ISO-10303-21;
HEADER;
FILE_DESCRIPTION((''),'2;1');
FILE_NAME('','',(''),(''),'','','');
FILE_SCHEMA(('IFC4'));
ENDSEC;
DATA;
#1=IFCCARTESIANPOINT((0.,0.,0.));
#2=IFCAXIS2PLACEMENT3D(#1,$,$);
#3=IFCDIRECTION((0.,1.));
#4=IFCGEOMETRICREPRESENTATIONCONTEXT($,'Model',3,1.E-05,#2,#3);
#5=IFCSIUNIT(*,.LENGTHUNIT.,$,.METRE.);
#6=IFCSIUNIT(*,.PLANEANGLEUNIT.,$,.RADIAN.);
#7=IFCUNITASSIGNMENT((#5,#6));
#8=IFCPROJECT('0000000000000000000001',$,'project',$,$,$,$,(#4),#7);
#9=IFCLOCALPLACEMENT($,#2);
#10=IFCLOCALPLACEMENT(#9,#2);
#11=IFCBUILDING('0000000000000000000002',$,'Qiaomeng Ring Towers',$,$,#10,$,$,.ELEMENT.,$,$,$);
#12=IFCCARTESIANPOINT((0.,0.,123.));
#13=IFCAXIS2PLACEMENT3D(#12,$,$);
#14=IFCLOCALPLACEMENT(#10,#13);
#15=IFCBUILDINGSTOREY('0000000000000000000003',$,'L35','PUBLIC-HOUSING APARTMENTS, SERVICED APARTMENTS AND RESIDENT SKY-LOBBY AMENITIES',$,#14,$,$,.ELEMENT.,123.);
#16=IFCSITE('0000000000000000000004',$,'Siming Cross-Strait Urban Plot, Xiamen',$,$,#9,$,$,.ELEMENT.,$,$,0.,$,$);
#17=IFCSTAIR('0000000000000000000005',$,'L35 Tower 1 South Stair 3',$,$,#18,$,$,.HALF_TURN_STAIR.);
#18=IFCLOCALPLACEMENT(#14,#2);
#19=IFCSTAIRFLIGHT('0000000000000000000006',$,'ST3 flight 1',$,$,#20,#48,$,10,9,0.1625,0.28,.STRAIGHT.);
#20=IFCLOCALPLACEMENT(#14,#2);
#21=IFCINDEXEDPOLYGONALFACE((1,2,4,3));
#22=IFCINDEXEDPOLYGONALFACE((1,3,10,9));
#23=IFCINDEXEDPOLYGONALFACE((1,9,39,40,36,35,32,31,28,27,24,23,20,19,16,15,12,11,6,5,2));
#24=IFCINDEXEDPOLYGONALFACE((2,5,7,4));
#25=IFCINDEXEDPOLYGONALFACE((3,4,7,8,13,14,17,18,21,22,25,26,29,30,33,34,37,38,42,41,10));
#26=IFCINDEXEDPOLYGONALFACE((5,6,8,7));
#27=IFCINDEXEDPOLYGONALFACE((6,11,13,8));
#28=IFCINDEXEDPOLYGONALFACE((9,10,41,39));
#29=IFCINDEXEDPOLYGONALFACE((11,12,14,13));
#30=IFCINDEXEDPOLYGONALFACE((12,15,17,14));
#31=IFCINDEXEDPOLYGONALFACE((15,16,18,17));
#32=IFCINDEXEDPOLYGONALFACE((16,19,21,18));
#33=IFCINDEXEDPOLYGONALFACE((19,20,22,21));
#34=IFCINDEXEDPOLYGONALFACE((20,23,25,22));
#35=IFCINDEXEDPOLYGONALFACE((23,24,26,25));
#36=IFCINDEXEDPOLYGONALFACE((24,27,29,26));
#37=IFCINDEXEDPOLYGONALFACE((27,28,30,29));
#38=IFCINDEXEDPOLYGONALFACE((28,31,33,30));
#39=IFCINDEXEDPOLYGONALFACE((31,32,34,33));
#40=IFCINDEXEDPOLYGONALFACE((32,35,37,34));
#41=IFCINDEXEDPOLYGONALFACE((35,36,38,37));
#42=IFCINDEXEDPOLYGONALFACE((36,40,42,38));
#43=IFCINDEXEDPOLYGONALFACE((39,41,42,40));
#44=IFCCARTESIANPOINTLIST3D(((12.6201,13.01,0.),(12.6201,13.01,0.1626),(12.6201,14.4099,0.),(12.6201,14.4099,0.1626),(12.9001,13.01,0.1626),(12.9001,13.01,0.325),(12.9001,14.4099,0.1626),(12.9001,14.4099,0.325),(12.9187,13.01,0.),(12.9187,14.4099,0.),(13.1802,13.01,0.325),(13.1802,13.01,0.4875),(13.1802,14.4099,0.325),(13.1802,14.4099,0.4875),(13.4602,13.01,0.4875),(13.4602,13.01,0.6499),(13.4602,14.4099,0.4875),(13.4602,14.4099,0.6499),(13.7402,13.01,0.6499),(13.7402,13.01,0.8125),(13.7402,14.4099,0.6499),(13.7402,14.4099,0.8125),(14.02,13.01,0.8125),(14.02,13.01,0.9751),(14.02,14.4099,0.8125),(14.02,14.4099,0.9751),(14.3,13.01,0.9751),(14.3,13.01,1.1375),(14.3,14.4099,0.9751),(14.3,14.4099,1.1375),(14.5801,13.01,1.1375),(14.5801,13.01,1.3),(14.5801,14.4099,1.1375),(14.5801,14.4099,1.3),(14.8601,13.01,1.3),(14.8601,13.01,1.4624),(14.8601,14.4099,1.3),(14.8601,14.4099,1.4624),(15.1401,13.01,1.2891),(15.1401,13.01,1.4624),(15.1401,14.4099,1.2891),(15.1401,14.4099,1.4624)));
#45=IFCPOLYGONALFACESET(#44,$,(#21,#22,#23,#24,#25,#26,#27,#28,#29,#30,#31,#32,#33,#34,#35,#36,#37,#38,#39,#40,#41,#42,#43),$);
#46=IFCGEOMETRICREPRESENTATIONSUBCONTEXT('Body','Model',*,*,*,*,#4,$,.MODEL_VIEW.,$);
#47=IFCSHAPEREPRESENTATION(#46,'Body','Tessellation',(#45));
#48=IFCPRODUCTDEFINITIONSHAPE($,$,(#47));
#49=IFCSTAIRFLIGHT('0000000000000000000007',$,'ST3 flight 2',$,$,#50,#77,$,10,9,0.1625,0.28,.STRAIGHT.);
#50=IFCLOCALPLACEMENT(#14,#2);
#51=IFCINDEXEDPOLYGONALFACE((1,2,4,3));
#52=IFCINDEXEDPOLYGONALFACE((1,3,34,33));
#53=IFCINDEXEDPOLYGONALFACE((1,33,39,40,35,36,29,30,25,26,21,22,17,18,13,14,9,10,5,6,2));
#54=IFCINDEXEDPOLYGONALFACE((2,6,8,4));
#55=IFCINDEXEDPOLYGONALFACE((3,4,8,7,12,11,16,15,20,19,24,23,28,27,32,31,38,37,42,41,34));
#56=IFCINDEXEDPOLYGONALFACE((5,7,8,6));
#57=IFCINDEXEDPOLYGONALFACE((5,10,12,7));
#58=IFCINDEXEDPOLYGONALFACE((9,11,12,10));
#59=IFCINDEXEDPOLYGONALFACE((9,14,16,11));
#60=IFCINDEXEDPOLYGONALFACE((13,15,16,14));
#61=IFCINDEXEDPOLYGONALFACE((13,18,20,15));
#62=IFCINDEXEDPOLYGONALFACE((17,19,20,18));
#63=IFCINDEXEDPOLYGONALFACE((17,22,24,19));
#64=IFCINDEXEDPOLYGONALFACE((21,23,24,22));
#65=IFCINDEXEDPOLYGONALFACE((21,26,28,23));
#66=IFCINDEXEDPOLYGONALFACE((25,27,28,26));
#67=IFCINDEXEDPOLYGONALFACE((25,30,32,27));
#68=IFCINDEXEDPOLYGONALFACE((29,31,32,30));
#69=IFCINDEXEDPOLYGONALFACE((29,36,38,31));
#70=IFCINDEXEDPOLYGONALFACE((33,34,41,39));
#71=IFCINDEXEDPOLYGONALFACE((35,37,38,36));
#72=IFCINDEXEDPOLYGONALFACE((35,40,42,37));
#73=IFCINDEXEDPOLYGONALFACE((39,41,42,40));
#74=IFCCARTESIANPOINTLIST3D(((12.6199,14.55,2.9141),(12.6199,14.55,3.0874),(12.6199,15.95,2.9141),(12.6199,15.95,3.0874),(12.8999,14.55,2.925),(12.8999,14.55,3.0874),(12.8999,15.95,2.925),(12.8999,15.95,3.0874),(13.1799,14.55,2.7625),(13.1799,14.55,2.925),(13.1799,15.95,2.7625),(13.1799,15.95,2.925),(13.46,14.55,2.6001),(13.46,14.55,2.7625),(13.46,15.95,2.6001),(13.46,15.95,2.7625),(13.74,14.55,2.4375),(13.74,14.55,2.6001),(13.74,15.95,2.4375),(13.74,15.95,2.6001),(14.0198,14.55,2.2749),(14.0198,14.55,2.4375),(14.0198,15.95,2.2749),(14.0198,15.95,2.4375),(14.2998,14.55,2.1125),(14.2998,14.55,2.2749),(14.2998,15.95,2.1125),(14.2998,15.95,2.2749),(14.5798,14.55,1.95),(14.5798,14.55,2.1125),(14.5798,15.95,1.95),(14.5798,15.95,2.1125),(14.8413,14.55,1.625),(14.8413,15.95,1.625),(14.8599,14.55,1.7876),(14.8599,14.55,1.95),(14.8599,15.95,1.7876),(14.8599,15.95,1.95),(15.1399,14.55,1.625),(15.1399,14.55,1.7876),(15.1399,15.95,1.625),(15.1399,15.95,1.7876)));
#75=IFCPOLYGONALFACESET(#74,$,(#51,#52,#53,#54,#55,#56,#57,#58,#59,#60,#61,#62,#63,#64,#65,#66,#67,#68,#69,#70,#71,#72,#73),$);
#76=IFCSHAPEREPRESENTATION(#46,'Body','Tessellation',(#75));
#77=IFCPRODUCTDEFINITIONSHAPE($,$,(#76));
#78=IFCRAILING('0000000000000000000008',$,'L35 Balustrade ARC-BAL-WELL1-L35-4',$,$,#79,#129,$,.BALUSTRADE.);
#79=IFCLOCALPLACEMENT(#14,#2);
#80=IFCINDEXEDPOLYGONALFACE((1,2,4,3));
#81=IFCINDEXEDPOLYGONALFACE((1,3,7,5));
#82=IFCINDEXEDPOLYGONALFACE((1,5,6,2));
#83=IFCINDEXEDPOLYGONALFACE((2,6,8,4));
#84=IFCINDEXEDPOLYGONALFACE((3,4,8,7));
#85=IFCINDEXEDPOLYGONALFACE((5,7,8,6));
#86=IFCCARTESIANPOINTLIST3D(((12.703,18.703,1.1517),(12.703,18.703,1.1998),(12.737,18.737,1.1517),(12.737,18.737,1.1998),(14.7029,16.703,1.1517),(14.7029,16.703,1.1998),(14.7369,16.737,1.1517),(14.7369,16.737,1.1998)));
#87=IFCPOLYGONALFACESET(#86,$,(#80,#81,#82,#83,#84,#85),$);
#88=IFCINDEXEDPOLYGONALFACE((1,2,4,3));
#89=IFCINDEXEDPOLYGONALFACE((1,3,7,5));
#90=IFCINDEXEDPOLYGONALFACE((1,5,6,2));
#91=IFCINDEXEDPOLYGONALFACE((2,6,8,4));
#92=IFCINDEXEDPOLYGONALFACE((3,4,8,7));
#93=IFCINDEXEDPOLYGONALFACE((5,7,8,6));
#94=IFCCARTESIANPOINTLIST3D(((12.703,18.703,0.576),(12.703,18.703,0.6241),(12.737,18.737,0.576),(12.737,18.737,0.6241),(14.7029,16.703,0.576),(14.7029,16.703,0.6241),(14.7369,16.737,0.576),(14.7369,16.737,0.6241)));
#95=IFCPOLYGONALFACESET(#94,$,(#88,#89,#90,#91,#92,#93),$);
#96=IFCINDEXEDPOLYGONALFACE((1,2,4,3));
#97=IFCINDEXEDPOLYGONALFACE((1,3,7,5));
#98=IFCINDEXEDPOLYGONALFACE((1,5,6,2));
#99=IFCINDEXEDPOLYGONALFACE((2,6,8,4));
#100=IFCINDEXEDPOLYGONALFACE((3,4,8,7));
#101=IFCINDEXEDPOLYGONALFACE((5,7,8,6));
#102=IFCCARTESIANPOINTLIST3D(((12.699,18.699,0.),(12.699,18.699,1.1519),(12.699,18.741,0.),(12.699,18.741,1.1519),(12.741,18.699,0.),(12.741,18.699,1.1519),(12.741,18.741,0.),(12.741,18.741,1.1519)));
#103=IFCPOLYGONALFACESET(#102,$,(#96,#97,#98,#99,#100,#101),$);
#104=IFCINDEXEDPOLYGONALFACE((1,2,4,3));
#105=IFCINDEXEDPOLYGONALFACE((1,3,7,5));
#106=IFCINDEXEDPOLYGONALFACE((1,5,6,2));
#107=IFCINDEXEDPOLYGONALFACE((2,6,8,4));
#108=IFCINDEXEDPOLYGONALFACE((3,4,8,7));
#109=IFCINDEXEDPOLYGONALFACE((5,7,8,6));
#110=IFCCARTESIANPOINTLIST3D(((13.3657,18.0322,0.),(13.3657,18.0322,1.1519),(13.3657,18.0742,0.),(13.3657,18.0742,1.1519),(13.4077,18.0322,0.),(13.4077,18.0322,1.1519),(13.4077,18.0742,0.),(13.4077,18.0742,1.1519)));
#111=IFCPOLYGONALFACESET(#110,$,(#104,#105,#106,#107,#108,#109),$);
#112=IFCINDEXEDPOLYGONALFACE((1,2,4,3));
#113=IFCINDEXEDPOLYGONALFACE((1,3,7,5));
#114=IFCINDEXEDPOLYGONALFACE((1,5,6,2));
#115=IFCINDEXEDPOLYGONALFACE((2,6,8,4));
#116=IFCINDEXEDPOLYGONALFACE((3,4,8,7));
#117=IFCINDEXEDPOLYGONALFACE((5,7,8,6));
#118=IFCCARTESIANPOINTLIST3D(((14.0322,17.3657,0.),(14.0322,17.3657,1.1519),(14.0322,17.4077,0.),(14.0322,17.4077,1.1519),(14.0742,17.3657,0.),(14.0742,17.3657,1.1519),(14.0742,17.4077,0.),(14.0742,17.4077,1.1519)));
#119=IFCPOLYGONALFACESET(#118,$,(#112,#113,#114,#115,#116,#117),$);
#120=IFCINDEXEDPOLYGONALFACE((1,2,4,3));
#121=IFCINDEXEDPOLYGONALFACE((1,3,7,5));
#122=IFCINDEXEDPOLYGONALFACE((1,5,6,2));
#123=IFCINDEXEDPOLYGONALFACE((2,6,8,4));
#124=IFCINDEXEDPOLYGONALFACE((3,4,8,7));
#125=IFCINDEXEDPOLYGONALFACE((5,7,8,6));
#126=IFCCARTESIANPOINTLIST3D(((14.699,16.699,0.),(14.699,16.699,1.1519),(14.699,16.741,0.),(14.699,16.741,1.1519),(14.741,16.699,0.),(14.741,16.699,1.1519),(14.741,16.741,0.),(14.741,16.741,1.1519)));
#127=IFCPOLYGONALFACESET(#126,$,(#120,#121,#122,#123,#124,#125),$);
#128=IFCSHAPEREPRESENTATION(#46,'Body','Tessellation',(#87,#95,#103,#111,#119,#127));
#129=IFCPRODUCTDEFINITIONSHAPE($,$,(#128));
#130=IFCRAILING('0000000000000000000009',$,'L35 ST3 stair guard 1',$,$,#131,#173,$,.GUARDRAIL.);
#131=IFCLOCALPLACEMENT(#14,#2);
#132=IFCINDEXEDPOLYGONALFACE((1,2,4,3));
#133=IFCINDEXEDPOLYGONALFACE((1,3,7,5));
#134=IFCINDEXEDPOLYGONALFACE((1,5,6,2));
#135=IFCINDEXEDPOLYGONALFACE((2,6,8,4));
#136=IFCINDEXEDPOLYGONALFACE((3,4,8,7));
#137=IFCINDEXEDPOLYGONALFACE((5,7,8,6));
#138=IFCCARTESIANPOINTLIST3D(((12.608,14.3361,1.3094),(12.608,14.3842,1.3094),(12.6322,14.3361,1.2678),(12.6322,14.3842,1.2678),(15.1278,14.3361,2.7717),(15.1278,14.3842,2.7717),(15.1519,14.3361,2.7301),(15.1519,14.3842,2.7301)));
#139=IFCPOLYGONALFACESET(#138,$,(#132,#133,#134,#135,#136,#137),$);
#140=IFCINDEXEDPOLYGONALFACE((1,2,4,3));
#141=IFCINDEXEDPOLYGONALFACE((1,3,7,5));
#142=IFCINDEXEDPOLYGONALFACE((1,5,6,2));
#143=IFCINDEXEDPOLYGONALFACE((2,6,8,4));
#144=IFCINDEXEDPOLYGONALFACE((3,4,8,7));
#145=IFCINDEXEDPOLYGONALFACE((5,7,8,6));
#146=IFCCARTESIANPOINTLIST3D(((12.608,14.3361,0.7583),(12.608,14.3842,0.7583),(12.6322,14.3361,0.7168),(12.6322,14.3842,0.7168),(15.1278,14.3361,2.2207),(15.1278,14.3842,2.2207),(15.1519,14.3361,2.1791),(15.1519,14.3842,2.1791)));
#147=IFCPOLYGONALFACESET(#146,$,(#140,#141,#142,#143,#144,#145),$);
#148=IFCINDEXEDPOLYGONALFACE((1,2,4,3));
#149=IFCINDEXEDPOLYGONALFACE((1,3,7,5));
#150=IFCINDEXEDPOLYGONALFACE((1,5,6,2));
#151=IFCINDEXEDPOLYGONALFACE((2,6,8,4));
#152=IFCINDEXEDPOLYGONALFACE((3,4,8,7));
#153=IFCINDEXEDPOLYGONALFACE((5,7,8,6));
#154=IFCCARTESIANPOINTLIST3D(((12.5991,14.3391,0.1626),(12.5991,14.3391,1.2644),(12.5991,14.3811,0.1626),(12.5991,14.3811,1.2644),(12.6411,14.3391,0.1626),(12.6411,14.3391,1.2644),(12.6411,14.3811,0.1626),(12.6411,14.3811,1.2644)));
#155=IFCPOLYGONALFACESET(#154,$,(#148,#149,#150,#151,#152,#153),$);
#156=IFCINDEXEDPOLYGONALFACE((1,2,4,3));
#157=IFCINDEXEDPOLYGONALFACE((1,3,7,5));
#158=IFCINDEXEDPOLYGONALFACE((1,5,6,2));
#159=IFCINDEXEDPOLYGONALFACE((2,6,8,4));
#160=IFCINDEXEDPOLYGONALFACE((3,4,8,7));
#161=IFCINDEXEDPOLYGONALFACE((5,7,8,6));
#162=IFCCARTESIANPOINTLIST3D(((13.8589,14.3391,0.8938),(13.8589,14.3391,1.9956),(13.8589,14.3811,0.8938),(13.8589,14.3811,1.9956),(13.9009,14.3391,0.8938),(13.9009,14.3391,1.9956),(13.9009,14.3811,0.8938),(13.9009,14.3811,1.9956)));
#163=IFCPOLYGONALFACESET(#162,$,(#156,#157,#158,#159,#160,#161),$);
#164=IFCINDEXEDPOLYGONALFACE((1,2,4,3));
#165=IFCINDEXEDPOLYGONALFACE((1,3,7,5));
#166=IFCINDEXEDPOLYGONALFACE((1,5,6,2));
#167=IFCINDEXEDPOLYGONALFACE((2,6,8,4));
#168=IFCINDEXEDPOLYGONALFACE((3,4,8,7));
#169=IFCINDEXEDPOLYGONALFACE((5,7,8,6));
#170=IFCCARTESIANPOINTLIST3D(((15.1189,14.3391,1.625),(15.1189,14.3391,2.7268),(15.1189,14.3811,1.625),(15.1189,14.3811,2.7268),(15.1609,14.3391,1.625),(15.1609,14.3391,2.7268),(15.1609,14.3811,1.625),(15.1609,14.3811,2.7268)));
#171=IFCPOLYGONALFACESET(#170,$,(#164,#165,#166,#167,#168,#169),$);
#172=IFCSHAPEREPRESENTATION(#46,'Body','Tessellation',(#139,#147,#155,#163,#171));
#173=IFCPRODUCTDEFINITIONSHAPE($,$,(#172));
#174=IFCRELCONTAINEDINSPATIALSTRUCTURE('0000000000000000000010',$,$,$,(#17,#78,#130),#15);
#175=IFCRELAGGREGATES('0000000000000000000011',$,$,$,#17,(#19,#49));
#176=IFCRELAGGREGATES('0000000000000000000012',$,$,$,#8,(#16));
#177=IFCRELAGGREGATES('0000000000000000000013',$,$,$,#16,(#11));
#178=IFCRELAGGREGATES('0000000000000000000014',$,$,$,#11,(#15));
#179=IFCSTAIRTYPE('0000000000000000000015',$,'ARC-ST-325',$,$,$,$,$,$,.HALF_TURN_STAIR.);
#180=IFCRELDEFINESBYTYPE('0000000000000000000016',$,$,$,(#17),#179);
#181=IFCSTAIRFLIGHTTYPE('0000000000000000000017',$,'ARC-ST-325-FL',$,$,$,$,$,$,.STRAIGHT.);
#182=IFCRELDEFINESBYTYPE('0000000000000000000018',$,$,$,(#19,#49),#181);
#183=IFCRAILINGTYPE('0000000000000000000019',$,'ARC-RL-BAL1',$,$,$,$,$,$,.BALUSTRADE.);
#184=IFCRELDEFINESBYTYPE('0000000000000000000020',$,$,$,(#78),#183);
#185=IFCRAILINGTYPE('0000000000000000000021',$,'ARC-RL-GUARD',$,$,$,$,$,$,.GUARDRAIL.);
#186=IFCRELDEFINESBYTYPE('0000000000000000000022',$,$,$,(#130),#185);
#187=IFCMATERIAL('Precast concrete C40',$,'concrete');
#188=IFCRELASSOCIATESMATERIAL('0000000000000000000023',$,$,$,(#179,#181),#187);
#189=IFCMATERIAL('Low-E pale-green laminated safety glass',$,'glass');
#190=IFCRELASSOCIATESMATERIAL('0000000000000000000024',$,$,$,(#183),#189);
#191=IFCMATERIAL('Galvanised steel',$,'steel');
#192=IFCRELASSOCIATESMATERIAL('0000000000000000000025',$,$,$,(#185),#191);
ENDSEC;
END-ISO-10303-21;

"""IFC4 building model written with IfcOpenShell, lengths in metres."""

from ifc_helpers import new_model, si_unit, direction, frame, origin, origin_2d, place, context, subcontext, project, spatial, polyline, rectangle, outline, extrude, source, transform, mapped, material, type_object, element, aggregate, save


model = new_model("IFC4")

# Units and contexts
model_context = context("Model", 3, precision=1e-05, world=origin(), true_north=direction((0.0, 1.0)))
body_context = subcontext(model_context, "Body", "Model", "MODEL_VIEW")
ifc_project = project(units=[si_unit("LENGTHUNIT", "METRE"), si_unit("PLANEANGLEUNIT", "RADIAN")], contexts=[model_context])

# Site, building, storey
site_placement = place(None, origin())
site = spatial("IfcSite", under=ifc_project, at=site_placement, Name="Siming Cross-Strait Urban Plot, Xiamen", CompositionType="ELEMENT", RefElevation=0.0)
building_placement = place(site_placement, origin())
building = spatial("IfcBuilding", under=site, at=building_placement, Name="Qiaomeng Ring Towers", CompositionType="ELEMENT")
storey_placement = place(building_placement, frame((0.0, 0.0, 123.0)))
storey = spatial("IfcBuildingStorey", under=building, at=storey_placement, Name="L35", Description="PUBLIC-HOUSING APARTMENTS, SERVICED APARTMENTS AND RESIDENT SKY-LOBBY AMENITIES", CompositionType="ELEMENT", Elevation=123.0)

# Shared definitions
ifc_material_1 = material(Name="Galvanised steel", Category="steel")

# Stair, stair flights
ifc_material_2 = material(Name="Precast concrete C40", Category="concrete")
stair_type = type_object("IfcStairType", Name="ARC-ST-325", PredefinedType="HALF_TURN_STAIR", material=ifc_material_2)
stair_placement = place(storey_placement, origin())
stair = element("IfcStair", 1, at=stair_placement, inside=storey, type_object=stair_type, Name="L35 Tower 1 South Stair 3", PredefinedType="HALF_TURN_STAIR")
stair_flight_type = type_object("IfcStairFlightType", Name="ARC-ST-325-FL", PredefinedType="STRAIGHT", material=ifc_material_2)
shared_shape_1 = source(origin(), body_context, "Body", "SweptSolid", [
    extrude(outline(polyline([(0.0, 0.0), (0.0, 0.1626), (0.28, 0.1626), (0.28, 0.325), (0.5601, 0.325), (0.5601, 0.4875), (0.8401, 0.4875), (0.8401, 0.6499), (1.1201, 0.6499), (1.1201, 0.8125), (1.3999, 0.8125), (1.3999, 0.9751), (1.6799, 0.9751), (1.6799, 1.1375), (1.96, 1.1375), (1.96, 1.3), (2.24, 1.3), (2.24, 1.4624), (2.52, 1.4624), (2.52, 1.625), (2.52, 1.2891), (0.2986, 0.0), (0.0, 0.0)])), frame((0.0, 0.7, 0.0), z_axis=(0.0, -1.0, 0.0), x_axis=(1.0, 0.0, 0.0)), (0.0, 0.0, 1.0), 1.3999),
])
stair_flight_1_placement = place(storey_placement, frame((12.6201, 13.71, 0.0), z_axis=(0.0, 0.0, 1.0), x_axis=(1.0, 0.0, 0.0)))
stair_flight_1 = element("IfcStairFlight", 2, at=stair_flight_1_placement, type_object=stair_flight_type, Name="ST3 flight 1", NumberOfRisers=10, NumberOfTreads=9, PredefinedType="STRAIGHT", RiserHeight=0.1625, TreadLength=0.28, context=body_context, shape_type="MappedRepresentation", body=[
    mapped(shared_shape_1, transform((0.0, 0.0, 0.0), x_axis=(1.0, 0.0, 0.0), y_axis=(0.0, 1.0, 0.0), z_axis=(0.0, 0.0, 1.0), scale=1.0)),
])
stair_flight_2_placement = place(storey_placement, frame((15.1399, 15.25, 1.625), z_axis=(0.0, 0.0, 1.0), x_axis=(-1.0, 0.0, 0.0)))
stair_flight_2 = element("IfcStairFlight", 3, at=stair_flight_2_placement, type_object=stair_flight_type, Name="ST3 flight 2", NumberOfRisers=10, NumberOfTreads=9, PredefinedType="STRAIGHT", RiserHeight=0.1625, TreadLength=0.28, context=body_context, shape_type="MappedRepresentation", body=[
    mapped(shared_shape_1, transform((0.0, 0.0, 0.0), x_axis=(1.0, 0.0, 0.0), y_axis=(0.0, 1.0, 0.0), z_axis=(0.0, 0.0, 1.0), scale=1.0)),
])
aggregate(stair, [stair_flight_1, stair_flight_2])

# Railings
ifc_material_3 = material(Name="Low-E pale-green laminated safety glass", Category="glass")
railing_type_1 = type_object("IfcRailingType", Name="ARC-RL-BAL1", PredefinedType="BALUSTRADE", material=ifc_material_3)
railing_1_placement = place(storey_placement, frame((12.72, 18.72, 0.0)))
element("IfcRailing", 4, at=railing_1_placement, inside=storey, type_object=railing_type_1, Name="L35 Balustrade ARC-BAL-WELL1-L35-4", PredefinedType="BALUSTRADE", context=body_context, shape_type="SweptSolid", body=[
    extrude(rectangle(XDim=0.0481, YDim=0.0481, at=origin_2d()), frame((0.0, 0.0, 1.1758), z_axis=(0.707107, -0.707107, 0.0), x_axis=(0.707107, 0.707107, 0.0)), (0.0, 0.0, 1.0), 2.8284),
    extrude(rectangle(XDim=0.0481, YDim=0.0481, at=origin_2d()), frame((0.0, 0.0, 0.6001), z_axis=(0.707107, -0.707107, 0.0), x_axis=(0.707107, 0.707107, 0.0)), (0.0, 0.0, 1.0), 2.8284),
    extrude(rectangle(XDim=0.042, YDim=0.042, at=origin_2d()), origin(), (0.0, 0.0, 1.0), 1.1519),
    extrude(rectangle(XDim=0.042, YDim=0.042, at=origin_2d()), frame((0.6667, -0.6667, 0.0)), (0.0, 0.0, 1.0), 1.1519),
    extrude(rectangle(XDim=0.042, YDim=0.042, at=origin_2d()), frame((1.3333, -1.3333, 0.0)), (0.0, 0.0, 1.0), 1.1519),
    extrude(rectangle(XDim=0.042, YDim=0.042, at=origin_2d()), frame((2.0, -2.0, 0.0)), (0.0, 0.0, 1.0), 1.1519),
])
railing_type_2 = type_object("IfcRailingType", Name="ARC-RL-GUARD", PredefinedType="GUARDRAIL", material=ifc_material_1)
railing_2_placement = place(storey_placement, frame((12.6201, 14.3601, 0.1626)))
element("IfcRailing", 5, at=railing_2_placement, inside=storey, type_object=railing_type_2, Name="L35 ST3 stair guard 1", PredefinedType="GUARDRAIL", context=body_context, shape_type="SweptSolid", body=[
    extrude(rectangle(XDim=0.0481, YDim=0.0481, at=origin_2d()), frame((0.0, 0.0, 1.126), z_axis=(0.864892, 0.0, 0.501958), x_axis=(0.0, 1.0, 0.0)), (0.0, 0.0, 1.0), 2.9133),
    extrude(rectangle(XDim=0.0481, YDim=0.0481, at=origin_2d()), frame((0.0, 0.0, 0.575), z_axis=(0.864892, 0.0, 0.501958), x_axis=(0.0, 1.0, 0.0)), (0.0, 0.0, 1.0), 2.9133),
    extrude(rectangle(XDim=0.042, YDim=0.042, at=origin_2d()), origin(), (0.0, 0.0, 1.0), 1.1018),
    extrude(rectangle(XDim=0.042, YDim=0.042, at=origin_2d()), frame((1.2598, 0.0, 0.7312)), (0.0, 0.0, 1.0), 1.1018),
    extrude(rectangle(XDim=0.042, YDim=0.042, at=origin_2d()), frame((2.5198, 0.0, 1.4624)), (0.0, 0.0, 1.0), 1.1018),
])

save(model, "model.ifc")
